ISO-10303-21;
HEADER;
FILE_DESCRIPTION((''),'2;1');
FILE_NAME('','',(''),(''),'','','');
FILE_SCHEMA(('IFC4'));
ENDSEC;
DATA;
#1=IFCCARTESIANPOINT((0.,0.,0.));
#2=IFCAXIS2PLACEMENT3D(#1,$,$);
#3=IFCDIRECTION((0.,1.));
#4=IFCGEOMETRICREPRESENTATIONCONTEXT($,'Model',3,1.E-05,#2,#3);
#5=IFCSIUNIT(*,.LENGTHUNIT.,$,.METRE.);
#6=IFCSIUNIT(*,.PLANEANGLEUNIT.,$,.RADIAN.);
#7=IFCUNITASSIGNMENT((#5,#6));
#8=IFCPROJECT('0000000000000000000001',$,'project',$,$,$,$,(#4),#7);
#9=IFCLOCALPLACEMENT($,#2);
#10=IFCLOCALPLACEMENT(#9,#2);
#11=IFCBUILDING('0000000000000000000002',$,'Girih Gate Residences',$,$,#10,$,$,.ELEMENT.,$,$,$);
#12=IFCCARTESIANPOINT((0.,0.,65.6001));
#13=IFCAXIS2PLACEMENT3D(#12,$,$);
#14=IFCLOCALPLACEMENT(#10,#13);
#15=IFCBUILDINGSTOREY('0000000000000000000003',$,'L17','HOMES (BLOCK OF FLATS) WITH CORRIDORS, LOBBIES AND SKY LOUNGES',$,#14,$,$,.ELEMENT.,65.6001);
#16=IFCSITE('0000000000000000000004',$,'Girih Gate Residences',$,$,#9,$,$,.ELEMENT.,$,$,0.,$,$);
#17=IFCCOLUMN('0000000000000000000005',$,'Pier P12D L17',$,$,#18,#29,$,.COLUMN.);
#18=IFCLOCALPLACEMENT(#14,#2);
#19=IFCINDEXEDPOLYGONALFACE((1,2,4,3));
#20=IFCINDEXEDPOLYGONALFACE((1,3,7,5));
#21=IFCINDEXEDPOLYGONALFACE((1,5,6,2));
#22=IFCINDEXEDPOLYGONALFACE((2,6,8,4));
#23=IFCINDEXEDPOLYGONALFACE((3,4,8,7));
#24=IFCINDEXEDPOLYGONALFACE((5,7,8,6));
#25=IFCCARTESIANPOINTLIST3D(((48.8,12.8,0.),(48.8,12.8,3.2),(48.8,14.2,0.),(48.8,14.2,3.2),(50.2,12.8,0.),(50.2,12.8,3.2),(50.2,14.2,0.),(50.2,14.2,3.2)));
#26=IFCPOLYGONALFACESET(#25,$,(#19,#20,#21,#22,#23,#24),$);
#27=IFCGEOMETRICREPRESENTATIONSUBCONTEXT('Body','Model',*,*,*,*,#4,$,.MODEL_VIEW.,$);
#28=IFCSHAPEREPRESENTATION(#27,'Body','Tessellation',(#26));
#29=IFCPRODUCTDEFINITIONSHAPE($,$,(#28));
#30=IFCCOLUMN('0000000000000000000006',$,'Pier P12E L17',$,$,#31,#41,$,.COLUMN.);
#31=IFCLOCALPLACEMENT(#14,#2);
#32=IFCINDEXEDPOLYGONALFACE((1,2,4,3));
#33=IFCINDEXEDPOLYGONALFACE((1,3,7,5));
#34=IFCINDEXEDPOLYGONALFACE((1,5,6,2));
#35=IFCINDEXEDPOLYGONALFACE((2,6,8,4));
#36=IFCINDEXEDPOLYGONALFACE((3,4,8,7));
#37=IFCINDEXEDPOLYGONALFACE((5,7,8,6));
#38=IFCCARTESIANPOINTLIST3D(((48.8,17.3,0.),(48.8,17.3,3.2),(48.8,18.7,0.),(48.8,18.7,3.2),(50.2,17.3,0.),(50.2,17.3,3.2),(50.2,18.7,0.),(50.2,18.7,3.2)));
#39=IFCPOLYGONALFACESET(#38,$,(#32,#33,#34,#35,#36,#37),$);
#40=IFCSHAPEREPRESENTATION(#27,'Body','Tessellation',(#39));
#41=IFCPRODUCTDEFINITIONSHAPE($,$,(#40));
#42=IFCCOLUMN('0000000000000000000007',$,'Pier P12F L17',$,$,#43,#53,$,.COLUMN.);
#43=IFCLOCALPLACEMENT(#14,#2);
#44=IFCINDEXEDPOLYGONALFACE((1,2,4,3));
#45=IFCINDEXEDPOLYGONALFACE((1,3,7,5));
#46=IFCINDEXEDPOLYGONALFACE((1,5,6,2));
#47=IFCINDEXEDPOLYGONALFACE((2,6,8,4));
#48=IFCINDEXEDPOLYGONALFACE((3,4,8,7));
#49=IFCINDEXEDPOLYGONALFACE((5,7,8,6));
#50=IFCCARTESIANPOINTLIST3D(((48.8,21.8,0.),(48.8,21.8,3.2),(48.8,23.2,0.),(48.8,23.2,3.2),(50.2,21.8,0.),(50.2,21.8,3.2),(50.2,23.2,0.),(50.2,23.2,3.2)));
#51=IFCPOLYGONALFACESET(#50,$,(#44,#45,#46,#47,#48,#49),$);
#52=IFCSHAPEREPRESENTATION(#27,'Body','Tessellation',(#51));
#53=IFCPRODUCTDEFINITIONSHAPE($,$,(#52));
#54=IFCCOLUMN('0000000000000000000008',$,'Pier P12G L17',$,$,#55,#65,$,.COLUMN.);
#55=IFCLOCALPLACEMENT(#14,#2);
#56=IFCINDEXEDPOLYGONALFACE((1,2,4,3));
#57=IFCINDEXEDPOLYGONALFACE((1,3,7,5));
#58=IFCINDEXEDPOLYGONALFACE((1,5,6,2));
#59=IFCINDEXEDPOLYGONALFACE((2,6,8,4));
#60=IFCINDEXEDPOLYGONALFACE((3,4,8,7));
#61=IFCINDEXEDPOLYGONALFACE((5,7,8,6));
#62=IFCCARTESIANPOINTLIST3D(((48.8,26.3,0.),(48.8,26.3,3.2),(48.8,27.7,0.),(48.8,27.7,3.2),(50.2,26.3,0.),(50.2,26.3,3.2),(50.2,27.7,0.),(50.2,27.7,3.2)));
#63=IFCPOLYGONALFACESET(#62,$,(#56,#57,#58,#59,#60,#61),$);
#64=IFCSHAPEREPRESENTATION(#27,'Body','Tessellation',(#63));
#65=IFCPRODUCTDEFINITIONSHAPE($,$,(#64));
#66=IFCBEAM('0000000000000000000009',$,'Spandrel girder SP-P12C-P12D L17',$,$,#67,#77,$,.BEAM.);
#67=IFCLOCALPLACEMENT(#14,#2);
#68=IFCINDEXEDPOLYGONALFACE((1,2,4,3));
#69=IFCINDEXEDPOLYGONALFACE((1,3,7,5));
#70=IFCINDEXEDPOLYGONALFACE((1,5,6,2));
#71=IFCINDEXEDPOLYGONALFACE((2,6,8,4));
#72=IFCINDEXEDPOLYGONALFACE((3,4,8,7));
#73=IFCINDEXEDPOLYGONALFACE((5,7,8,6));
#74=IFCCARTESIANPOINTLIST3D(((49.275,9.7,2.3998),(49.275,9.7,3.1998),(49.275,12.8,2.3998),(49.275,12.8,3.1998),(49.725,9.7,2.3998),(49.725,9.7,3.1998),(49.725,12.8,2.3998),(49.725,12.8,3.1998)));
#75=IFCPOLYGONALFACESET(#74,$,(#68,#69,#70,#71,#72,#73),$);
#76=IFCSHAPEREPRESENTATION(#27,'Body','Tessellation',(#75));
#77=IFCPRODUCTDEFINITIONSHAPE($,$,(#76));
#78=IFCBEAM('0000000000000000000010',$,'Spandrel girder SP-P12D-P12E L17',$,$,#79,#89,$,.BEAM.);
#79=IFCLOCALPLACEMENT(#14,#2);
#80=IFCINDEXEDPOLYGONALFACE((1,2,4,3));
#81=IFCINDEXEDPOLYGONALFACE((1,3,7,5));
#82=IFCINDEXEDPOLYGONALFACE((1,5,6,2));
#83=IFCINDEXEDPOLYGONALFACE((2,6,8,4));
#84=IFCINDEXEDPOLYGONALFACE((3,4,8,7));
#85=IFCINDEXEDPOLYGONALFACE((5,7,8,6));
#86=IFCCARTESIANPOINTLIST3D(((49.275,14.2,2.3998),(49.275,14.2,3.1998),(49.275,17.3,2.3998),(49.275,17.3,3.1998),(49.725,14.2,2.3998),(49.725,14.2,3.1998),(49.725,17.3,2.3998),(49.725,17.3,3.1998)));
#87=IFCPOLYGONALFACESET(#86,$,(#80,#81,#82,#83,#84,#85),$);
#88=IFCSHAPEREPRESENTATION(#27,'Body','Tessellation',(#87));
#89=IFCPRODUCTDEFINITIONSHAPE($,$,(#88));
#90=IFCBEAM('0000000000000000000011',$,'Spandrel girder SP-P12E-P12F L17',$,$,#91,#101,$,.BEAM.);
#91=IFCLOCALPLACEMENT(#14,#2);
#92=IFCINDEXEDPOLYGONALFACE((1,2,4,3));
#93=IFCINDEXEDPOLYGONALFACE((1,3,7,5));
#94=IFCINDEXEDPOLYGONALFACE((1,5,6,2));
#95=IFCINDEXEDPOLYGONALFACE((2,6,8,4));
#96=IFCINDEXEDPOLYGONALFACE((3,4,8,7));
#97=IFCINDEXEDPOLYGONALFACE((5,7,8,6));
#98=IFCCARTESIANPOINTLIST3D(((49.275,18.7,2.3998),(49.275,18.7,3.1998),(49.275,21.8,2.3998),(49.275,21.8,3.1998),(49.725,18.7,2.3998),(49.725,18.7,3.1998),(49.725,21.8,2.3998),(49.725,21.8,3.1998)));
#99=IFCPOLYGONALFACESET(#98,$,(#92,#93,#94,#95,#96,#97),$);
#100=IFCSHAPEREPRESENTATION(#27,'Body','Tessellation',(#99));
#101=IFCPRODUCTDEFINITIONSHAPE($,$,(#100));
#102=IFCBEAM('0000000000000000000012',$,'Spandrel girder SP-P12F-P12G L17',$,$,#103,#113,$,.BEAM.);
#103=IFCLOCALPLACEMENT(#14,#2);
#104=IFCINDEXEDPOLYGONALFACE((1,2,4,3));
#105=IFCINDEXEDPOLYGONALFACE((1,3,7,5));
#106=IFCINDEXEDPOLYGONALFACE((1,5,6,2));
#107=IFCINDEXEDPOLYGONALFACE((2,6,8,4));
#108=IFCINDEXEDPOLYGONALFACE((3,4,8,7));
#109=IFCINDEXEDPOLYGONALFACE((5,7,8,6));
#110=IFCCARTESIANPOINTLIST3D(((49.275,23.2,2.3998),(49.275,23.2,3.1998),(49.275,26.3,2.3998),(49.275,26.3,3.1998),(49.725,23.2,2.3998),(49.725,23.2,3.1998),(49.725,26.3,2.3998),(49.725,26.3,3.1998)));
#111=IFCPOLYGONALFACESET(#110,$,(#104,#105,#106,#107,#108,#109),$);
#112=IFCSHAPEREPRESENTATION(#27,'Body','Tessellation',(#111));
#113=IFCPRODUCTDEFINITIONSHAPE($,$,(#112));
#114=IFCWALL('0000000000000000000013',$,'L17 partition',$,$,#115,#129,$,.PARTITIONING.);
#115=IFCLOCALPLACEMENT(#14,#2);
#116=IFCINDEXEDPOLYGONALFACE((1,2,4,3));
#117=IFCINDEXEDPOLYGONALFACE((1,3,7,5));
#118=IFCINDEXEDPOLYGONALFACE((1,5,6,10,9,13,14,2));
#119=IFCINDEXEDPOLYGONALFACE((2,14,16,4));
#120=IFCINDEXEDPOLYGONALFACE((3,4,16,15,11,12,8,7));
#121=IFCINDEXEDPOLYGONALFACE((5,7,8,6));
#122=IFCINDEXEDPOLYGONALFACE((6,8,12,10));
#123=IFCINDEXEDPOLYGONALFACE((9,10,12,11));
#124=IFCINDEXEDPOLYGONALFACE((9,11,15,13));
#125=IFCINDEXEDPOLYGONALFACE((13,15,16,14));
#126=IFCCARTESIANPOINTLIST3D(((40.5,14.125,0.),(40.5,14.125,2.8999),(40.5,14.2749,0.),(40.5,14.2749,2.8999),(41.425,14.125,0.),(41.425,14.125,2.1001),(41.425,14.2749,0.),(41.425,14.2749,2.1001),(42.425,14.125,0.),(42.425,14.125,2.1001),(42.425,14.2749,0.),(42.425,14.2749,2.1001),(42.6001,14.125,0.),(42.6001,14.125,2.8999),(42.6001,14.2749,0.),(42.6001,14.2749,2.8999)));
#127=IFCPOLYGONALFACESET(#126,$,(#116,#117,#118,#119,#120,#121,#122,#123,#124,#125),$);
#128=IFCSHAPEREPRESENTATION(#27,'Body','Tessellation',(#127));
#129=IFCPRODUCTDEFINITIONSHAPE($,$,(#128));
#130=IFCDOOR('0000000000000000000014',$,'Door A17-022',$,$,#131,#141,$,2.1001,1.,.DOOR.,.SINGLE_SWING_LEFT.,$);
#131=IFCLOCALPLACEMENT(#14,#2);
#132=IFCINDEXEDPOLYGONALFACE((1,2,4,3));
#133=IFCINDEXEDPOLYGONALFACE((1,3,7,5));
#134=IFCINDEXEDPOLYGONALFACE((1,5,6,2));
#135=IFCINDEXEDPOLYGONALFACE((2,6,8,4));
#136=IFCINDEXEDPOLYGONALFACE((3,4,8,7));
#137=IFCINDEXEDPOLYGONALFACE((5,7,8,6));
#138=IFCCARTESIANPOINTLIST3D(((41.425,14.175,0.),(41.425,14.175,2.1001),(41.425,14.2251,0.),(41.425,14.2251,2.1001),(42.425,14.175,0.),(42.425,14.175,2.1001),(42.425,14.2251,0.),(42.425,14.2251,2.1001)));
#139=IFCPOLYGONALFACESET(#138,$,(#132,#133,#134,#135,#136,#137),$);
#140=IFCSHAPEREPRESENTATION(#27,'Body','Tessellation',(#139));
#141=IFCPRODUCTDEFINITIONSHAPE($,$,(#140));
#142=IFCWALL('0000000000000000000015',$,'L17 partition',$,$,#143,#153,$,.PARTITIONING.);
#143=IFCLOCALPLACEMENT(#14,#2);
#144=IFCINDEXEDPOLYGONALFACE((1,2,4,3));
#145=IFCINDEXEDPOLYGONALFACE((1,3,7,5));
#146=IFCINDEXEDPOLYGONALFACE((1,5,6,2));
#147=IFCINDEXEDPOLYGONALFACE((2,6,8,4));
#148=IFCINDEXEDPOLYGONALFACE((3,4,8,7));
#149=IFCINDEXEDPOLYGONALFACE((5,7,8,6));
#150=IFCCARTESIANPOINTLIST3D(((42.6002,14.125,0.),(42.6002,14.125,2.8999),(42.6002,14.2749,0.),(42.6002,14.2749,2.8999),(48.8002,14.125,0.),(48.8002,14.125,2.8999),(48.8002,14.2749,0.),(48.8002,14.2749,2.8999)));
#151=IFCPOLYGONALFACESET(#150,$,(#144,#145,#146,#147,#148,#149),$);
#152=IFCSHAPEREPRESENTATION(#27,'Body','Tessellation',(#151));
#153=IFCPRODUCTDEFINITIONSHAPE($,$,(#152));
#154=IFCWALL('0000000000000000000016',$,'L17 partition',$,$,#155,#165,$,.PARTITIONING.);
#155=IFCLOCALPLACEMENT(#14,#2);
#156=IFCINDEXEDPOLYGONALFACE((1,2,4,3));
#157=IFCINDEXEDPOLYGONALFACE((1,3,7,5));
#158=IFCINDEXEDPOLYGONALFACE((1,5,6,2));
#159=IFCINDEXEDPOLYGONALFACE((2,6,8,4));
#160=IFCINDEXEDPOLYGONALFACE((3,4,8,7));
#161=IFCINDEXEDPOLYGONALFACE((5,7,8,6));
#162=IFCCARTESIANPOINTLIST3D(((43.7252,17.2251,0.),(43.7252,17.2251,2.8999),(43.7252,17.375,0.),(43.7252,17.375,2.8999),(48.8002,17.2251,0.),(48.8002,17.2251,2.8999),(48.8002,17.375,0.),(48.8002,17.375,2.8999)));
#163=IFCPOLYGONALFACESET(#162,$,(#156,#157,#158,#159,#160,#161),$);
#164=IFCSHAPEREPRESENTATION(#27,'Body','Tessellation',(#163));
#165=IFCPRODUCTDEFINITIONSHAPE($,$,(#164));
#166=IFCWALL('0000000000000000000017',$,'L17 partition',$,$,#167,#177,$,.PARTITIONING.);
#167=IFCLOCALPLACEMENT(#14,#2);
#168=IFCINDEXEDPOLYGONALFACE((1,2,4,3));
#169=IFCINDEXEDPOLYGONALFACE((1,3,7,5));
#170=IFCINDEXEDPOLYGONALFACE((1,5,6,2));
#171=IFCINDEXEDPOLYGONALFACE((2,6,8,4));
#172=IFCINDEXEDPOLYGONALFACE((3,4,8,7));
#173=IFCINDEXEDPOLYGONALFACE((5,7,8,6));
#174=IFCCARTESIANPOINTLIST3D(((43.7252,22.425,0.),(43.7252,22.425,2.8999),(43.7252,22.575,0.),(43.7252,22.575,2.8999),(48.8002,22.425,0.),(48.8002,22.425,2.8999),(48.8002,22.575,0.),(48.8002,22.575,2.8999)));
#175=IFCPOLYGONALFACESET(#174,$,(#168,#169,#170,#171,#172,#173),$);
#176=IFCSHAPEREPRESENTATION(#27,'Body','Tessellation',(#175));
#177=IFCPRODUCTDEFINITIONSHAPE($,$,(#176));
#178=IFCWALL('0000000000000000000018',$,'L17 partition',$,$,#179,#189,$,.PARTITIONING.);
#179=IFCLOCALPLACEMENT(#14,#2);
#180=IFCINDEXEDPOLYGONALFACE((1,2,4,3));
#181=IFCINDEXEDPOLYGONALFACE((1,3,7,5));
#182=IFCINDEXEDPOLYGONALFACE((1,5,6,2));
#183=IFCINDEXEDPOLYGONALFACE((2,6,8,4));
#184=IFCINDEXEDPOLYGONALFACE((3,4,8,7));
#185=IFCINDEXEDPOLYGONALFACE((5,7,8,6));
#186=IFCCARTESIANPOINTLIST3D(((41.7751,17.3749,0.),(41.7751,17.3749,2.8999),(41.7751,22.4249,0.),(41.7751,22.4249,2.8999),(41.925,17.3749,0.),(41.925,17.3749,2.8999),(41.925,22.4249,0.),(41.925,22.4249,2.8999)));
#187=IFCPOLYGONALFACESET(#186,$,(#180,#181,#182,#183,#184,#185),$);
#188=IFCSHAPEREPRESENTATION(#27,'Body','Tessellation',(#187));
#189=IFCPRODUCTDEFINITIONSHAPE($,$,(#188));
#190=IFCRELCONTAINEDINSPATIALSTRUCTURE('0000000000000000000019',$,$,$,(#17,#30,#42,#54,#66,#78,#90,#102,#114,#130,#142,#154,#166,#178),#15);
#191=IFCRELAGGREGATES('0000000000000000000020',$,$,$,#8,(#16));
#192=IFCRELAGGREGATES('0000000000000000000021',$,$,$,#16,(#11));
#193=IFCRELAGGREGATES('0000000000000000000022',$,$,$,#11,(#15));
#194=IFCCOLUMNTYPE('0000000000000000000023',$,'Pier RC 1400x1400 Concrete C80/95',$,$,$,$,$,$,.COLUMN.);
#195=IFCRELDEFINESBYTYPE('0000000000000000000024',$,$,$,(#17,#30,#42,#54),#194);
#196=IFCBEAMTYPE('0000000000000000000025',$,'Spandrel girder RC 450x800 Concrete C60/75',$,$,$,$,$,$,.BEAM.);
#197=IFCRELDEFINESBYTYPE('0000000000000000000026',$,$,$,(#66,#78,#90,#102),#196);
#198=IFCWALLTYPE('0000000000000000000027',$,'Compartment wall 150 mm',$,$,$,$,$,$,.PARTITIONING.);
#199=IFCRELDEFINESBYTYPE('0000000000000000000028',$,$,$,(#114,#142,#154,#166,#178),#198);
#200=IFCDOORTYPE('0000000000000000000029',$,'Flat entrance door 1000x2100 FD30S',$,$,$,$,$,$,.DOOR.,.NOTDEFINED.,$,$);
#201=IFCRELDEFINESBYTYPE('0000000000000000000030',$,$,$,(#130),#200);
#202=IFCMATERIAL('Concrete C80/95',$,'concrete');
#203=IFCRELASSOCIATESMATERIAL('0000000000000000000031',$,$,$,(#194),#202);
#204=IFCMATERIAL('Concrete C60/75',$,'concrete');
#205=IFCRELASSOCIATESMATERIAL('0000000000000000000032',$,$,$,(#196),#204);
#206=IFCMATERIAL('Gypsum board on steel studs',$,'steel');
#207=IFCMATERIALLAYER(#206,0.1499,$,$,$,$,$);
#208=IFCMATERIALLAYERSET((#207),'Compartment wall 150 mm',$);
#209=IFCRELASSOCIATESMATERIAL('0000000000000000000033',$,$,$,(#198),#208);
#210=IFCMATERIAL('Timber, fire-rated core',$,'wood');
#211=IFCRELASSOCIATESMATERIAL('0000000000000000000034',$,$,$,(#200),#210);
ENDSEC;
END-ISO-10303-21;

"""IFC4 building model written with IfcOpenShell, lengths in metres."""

from ifc_helpers import new_model, si_unit, direction, frame, frame_2d, origin, origin_2d, place, context, subcontext, project, spatial, rectangle, extrude, material, layer, layer_set, material_profile, profile_set, type_object, element, fill, save


model = new_model("IFC4")

# Units and contexts
model_context = context("Model", 3, precision=1e-05, world=origin(), true_north=direction((0.0, 1.0)))
body_context = subcontext(model_context, "Body", "Model", "MODEL_VIEW")
ifc_project = project(units=[si_unit("LENGTHUNIT", "METRE"), si_unit("PLANEANGLEUNIT", "RADIAN")], contexts=[model_context])

# Site, building, storey
site_placement = place(None, origin())
site = spatial("IfcSite", under=ifc_project, at=site_placement, Name="Girih Gate Residences", CompositionType="ELEMENT", RefElevation=0.0)
building_placement = place(site_placement, origin())
building = spatial("IfcBuilding", under=site, at=building_placement, Name="Girih Gate Residences", CompositionType="ELEMENT")
storey_placement = place(building_placement, frame((0.0, 0.0, 65.6001)))
storey = spatial("IfcBuildingStorey", under=building, at=storey_placement, Name="L17", Description="HOMES (BLOCK OF FLATS) WITH CORRIDORS, LOBBIES AND SKY LOUNGES", CompositionType="ELEMENT", Elevation=65.6001)

# Columns
ifc_material_1 = material(Name="Concrete C80/95", Category="concrete")
ifc_material_profile_1 = material_profile(ifc_material_1, rectangle(XDim=1.3999, YDim=1.3999, at=origin_2d()))
ifc_profile_set_1 = profile_set([ifc_material_profile_1], Name="Concrete C80/95")
column_type = type_object("IfcColumnType", Name="Pier RC 1400x1400 Concrete C80/95", PredefinedType="COLUMN", material=ifc_profile_set_1)
for number, where, z_axis, x_axis, name in (
    (1, (49.5, 13.5, 0.0), (0.0, 0.0, 1.0), (1.0, 0.0, 0.0), "Pier P12D L17"),
    (2, (49.5, 18.0, 0.0), (0.0, 0.0, 1.0), (1.0, 0.0, 0.0), "Pier P12E L17"),
    (3, (49.5, 22.5, 0.0), (0.0, 0.0, 1.0), (1.0, 0.0, 0.0), "Pier P12F L17"),
    (4, (49.5, 27.0, 0.0), (0.0, 0.0, 1.0), (1.0, 0.0, 0.0), "Pier P12G L17"),
):
    element("IfcColumn", number, at=place(storey_placement, frame(where, z_axis=z_axis, x_axis=x_axis)), inside=storey, type_object=column_type, Name=name, PredefinedType="COLUMN", context=body_context, shape_type="SweptSolid", body=[
        extrude(rectangle(XDim=1.3999, YDim=1.3999, at=origin_2d()), origin(), (0.0, 0.0, 1.0), 3.2),
    ])

# Beams
ifc_material_2 = material(Name="Concrete C60/75", Category="concrete")
ifc_material_profile_2 = material_profile(ifc_material_2, rectangle(XDim=0.45, YDim=0.8, at=origin_2d()))
ifc_profile_set_2 = profile_set([ifc_material_profile_2], Name="Concrete C60/75")
beam_type = type_object("IfcBeamType", Name="Spandrel girder RC 450x800 Concrete C60/75", PredefinedType="BEAM", material=ifc_profile_set_2)
for number, where, z_axis, x_axis, name in (
    (5, (49.5, 9.7, 2.7998), (0.0, 1.0, 0.0), (-1.0, 0.0, 0.0), "Spandrel girder SP-P12C-P12D L17"),
    (6, (49.5, 14.2, 2.7998), (0.0, 1.0, 0.0), (-1.0, 0.0, 0.0), "Spandrel girder SP-P12D-P12E L17"),
    (7, (49.5, 18.7, 2.7998), (0.0, 1.0, 0.0), (-1.0, 0.0, 0.0), "Spandrel girder SP-P12E-P12F L17"),
    (8, (49.5, 23.2, 2.7998), (0.0, 1.0, 0.0), (-1.0, 0.0, 0.0), "Spandrel girder SP-P12F-P12G L17"),
):
    element("IfcBeam", number, at=place(storey_placement, frame(where, z_axis=z_axis, x_axis=x_axis)), inside=storey, type_object=beam_type, Name=name, PredefinedType="BEAM", context=body_context, shape_type="SweptSolid", body=[
        extrude(rectangle(XDim=0.45, YDim=0.8, at=origin_2d()), origin(), (0.0, 0.0, 1.0), 3.1001),
    ])

# Wall, opening, door
ifc_material_3 = material(Name="Gypsum board on steel studs", Category="steel")
ifc_layer_1 = layer(ifc_material_3, 0.1499)
ifc_layer_set_1 = layer_set([ifc_layer_1], Name="Compartment wall 150 mm")
wall_type_1 = type_object("IfcWallType", Name="Compartment wall 150 mm", PredefinedType="PARTITIONING", material=ifc_layer_set_1)
wall_1_placement = place(storey_placement, frame((42.6001, 14.2, 0.0), z_axis=(0.0, 0.0, 1.0), x_axis=(-1.0, 0.0, 0.0)))
wall_1 = element("IfcWall", 9, at=wall_1_placement, inside=storey, type_object=wall_type_1, Name="L17 partition", PredefinedType="PARTITIONING", context=body_context, shape_type="SweptSolid", body=[
    extrude(rectangle(XDim=2.1001, YDim=0.1499, at=frame_2d((1.05, 0.0))), origin(), (0.0, 0.0, 1.0), 2.8999),
])
opening_1_placement = place(wall_1_placement, frame((0.175, 0.0, 0.0)))
opening_1 = element("IfcOpeningElement", 10, at=opening_1_placement, cuts=wall_1, PredefinedType="OPENING", context=body_context, shape_type="SweptSolid", body=[
    extrude(rectangle(XDim=1.0, YDim=2.1001, at=frame_2d((0.5, 1.05))), frame((0.0, 0.085, 0.0), z_axis=(0.0, -1.0, 0.0), x_axis=(1.0, 0.0, 0.0)), (0.0, 0.0, 1.0), 0.1699),
])
ifc_material_4 = material(Name="Timber, fire-rated core", Category="wood")
door_type_1 = type_object("IfcDoorType", Name="Flat entrance door 1000x2100 FD30S", OperationType="NOTDEFINED", PredefinedType="DOOR", material=ifc_material_4)
door_1_placement = place(opening_1_placement, origin())
door_1 = element("IfcDoor", 11, at=door_1_placement, inside=storey, type_object=door_type_1, Name="Door A17-022", OperationType="SINGLE_SWING_LEFT", OverallHeight=2.1001, OverallWidth=1.0, PredefinedType="DOOR", context=body_context, shape_type="SweptSolid", body=[
    extrude(rectangle(XDim=1.0, YDim=2.1001, at=frame_2d((0.5, 1.05))), frame((0.0, 0.0249, 0.0), z_axis=(0.0, -1.0, 0.0), x_axis=(1.0, 0.0, 0.0)), (0.0, 0.0, 1.0), 0.05),
])
fill(opening_1, door_1)

# Walls
wall_2_placement = place(storey_placement, frame((42.6001, 14.2, 0.0), z_axis=(0.0, 0.0, 1.0), x_axis=(1.0, 0.0, 0.0)))
element("IfcWall", 12, at=wall_2_placement, inside=storey, type_object=wall_type_1, Name="L17 partition", PredefinedType="PARTITIONING", context=body_context, shape_type="SweptSolid", body=[
    extrude(rectangle(XDim=6.2, YDim=0.1499, at=frame_2d((3.1001, 0.0))), origin(), (0.0, 0.0, 1.0), 2.8999),
])
for number, where, z_axis, x_axis, name in (
    (13, (43.7251, 17.3, 0.0), (0.0, 0.0, 1.0), (1.0, 0.0, 0.0), "L17 partition"),
    (14, (43.7251, 22.5, 0.0), (0.0, 0.0, 1.0), (1.0, 0.0, 0.0), "L17 partition"),
):
    element("IfcWall", number, at=place(storey_placement, frame(where, z_axis=z_axis, x_axis=x_axis)), inside=storey, type_object=wall_type_1, Name=name, PredefinedType="PARTITIONING", context=body_context, shape_type="SweptSolid", body=[
        extrude(rectangle(XDim=5.075, YDim=0.1499, at=frame_2d((2.5376, 0.0))), origin(), (0.0, 0.0, 1.0), 2.8999),
    ])
wall_3_placement = place(storey_placement, frame((41.8501, 17.375, 0.0), z_axis=(0.0, 0.0, 1.0), x_axis=(0.0, 1.0, 0.0)))
element("IfcWall", 15, at=wall_3_placement, inside=storey, type_object=wall_type_1, Name="L17 partition", PredefinedType="PARTITIONING", context=body_context, shape_type="SweptSolid", body=[
    extrude(rectangle(XDim=5.05, YDim=0.1499, at=frame_2d((2.5249, 0.0))), origin(), (0.0, 0.0, 1.0), 2.8999),
])

save(model, "model.ifc")
